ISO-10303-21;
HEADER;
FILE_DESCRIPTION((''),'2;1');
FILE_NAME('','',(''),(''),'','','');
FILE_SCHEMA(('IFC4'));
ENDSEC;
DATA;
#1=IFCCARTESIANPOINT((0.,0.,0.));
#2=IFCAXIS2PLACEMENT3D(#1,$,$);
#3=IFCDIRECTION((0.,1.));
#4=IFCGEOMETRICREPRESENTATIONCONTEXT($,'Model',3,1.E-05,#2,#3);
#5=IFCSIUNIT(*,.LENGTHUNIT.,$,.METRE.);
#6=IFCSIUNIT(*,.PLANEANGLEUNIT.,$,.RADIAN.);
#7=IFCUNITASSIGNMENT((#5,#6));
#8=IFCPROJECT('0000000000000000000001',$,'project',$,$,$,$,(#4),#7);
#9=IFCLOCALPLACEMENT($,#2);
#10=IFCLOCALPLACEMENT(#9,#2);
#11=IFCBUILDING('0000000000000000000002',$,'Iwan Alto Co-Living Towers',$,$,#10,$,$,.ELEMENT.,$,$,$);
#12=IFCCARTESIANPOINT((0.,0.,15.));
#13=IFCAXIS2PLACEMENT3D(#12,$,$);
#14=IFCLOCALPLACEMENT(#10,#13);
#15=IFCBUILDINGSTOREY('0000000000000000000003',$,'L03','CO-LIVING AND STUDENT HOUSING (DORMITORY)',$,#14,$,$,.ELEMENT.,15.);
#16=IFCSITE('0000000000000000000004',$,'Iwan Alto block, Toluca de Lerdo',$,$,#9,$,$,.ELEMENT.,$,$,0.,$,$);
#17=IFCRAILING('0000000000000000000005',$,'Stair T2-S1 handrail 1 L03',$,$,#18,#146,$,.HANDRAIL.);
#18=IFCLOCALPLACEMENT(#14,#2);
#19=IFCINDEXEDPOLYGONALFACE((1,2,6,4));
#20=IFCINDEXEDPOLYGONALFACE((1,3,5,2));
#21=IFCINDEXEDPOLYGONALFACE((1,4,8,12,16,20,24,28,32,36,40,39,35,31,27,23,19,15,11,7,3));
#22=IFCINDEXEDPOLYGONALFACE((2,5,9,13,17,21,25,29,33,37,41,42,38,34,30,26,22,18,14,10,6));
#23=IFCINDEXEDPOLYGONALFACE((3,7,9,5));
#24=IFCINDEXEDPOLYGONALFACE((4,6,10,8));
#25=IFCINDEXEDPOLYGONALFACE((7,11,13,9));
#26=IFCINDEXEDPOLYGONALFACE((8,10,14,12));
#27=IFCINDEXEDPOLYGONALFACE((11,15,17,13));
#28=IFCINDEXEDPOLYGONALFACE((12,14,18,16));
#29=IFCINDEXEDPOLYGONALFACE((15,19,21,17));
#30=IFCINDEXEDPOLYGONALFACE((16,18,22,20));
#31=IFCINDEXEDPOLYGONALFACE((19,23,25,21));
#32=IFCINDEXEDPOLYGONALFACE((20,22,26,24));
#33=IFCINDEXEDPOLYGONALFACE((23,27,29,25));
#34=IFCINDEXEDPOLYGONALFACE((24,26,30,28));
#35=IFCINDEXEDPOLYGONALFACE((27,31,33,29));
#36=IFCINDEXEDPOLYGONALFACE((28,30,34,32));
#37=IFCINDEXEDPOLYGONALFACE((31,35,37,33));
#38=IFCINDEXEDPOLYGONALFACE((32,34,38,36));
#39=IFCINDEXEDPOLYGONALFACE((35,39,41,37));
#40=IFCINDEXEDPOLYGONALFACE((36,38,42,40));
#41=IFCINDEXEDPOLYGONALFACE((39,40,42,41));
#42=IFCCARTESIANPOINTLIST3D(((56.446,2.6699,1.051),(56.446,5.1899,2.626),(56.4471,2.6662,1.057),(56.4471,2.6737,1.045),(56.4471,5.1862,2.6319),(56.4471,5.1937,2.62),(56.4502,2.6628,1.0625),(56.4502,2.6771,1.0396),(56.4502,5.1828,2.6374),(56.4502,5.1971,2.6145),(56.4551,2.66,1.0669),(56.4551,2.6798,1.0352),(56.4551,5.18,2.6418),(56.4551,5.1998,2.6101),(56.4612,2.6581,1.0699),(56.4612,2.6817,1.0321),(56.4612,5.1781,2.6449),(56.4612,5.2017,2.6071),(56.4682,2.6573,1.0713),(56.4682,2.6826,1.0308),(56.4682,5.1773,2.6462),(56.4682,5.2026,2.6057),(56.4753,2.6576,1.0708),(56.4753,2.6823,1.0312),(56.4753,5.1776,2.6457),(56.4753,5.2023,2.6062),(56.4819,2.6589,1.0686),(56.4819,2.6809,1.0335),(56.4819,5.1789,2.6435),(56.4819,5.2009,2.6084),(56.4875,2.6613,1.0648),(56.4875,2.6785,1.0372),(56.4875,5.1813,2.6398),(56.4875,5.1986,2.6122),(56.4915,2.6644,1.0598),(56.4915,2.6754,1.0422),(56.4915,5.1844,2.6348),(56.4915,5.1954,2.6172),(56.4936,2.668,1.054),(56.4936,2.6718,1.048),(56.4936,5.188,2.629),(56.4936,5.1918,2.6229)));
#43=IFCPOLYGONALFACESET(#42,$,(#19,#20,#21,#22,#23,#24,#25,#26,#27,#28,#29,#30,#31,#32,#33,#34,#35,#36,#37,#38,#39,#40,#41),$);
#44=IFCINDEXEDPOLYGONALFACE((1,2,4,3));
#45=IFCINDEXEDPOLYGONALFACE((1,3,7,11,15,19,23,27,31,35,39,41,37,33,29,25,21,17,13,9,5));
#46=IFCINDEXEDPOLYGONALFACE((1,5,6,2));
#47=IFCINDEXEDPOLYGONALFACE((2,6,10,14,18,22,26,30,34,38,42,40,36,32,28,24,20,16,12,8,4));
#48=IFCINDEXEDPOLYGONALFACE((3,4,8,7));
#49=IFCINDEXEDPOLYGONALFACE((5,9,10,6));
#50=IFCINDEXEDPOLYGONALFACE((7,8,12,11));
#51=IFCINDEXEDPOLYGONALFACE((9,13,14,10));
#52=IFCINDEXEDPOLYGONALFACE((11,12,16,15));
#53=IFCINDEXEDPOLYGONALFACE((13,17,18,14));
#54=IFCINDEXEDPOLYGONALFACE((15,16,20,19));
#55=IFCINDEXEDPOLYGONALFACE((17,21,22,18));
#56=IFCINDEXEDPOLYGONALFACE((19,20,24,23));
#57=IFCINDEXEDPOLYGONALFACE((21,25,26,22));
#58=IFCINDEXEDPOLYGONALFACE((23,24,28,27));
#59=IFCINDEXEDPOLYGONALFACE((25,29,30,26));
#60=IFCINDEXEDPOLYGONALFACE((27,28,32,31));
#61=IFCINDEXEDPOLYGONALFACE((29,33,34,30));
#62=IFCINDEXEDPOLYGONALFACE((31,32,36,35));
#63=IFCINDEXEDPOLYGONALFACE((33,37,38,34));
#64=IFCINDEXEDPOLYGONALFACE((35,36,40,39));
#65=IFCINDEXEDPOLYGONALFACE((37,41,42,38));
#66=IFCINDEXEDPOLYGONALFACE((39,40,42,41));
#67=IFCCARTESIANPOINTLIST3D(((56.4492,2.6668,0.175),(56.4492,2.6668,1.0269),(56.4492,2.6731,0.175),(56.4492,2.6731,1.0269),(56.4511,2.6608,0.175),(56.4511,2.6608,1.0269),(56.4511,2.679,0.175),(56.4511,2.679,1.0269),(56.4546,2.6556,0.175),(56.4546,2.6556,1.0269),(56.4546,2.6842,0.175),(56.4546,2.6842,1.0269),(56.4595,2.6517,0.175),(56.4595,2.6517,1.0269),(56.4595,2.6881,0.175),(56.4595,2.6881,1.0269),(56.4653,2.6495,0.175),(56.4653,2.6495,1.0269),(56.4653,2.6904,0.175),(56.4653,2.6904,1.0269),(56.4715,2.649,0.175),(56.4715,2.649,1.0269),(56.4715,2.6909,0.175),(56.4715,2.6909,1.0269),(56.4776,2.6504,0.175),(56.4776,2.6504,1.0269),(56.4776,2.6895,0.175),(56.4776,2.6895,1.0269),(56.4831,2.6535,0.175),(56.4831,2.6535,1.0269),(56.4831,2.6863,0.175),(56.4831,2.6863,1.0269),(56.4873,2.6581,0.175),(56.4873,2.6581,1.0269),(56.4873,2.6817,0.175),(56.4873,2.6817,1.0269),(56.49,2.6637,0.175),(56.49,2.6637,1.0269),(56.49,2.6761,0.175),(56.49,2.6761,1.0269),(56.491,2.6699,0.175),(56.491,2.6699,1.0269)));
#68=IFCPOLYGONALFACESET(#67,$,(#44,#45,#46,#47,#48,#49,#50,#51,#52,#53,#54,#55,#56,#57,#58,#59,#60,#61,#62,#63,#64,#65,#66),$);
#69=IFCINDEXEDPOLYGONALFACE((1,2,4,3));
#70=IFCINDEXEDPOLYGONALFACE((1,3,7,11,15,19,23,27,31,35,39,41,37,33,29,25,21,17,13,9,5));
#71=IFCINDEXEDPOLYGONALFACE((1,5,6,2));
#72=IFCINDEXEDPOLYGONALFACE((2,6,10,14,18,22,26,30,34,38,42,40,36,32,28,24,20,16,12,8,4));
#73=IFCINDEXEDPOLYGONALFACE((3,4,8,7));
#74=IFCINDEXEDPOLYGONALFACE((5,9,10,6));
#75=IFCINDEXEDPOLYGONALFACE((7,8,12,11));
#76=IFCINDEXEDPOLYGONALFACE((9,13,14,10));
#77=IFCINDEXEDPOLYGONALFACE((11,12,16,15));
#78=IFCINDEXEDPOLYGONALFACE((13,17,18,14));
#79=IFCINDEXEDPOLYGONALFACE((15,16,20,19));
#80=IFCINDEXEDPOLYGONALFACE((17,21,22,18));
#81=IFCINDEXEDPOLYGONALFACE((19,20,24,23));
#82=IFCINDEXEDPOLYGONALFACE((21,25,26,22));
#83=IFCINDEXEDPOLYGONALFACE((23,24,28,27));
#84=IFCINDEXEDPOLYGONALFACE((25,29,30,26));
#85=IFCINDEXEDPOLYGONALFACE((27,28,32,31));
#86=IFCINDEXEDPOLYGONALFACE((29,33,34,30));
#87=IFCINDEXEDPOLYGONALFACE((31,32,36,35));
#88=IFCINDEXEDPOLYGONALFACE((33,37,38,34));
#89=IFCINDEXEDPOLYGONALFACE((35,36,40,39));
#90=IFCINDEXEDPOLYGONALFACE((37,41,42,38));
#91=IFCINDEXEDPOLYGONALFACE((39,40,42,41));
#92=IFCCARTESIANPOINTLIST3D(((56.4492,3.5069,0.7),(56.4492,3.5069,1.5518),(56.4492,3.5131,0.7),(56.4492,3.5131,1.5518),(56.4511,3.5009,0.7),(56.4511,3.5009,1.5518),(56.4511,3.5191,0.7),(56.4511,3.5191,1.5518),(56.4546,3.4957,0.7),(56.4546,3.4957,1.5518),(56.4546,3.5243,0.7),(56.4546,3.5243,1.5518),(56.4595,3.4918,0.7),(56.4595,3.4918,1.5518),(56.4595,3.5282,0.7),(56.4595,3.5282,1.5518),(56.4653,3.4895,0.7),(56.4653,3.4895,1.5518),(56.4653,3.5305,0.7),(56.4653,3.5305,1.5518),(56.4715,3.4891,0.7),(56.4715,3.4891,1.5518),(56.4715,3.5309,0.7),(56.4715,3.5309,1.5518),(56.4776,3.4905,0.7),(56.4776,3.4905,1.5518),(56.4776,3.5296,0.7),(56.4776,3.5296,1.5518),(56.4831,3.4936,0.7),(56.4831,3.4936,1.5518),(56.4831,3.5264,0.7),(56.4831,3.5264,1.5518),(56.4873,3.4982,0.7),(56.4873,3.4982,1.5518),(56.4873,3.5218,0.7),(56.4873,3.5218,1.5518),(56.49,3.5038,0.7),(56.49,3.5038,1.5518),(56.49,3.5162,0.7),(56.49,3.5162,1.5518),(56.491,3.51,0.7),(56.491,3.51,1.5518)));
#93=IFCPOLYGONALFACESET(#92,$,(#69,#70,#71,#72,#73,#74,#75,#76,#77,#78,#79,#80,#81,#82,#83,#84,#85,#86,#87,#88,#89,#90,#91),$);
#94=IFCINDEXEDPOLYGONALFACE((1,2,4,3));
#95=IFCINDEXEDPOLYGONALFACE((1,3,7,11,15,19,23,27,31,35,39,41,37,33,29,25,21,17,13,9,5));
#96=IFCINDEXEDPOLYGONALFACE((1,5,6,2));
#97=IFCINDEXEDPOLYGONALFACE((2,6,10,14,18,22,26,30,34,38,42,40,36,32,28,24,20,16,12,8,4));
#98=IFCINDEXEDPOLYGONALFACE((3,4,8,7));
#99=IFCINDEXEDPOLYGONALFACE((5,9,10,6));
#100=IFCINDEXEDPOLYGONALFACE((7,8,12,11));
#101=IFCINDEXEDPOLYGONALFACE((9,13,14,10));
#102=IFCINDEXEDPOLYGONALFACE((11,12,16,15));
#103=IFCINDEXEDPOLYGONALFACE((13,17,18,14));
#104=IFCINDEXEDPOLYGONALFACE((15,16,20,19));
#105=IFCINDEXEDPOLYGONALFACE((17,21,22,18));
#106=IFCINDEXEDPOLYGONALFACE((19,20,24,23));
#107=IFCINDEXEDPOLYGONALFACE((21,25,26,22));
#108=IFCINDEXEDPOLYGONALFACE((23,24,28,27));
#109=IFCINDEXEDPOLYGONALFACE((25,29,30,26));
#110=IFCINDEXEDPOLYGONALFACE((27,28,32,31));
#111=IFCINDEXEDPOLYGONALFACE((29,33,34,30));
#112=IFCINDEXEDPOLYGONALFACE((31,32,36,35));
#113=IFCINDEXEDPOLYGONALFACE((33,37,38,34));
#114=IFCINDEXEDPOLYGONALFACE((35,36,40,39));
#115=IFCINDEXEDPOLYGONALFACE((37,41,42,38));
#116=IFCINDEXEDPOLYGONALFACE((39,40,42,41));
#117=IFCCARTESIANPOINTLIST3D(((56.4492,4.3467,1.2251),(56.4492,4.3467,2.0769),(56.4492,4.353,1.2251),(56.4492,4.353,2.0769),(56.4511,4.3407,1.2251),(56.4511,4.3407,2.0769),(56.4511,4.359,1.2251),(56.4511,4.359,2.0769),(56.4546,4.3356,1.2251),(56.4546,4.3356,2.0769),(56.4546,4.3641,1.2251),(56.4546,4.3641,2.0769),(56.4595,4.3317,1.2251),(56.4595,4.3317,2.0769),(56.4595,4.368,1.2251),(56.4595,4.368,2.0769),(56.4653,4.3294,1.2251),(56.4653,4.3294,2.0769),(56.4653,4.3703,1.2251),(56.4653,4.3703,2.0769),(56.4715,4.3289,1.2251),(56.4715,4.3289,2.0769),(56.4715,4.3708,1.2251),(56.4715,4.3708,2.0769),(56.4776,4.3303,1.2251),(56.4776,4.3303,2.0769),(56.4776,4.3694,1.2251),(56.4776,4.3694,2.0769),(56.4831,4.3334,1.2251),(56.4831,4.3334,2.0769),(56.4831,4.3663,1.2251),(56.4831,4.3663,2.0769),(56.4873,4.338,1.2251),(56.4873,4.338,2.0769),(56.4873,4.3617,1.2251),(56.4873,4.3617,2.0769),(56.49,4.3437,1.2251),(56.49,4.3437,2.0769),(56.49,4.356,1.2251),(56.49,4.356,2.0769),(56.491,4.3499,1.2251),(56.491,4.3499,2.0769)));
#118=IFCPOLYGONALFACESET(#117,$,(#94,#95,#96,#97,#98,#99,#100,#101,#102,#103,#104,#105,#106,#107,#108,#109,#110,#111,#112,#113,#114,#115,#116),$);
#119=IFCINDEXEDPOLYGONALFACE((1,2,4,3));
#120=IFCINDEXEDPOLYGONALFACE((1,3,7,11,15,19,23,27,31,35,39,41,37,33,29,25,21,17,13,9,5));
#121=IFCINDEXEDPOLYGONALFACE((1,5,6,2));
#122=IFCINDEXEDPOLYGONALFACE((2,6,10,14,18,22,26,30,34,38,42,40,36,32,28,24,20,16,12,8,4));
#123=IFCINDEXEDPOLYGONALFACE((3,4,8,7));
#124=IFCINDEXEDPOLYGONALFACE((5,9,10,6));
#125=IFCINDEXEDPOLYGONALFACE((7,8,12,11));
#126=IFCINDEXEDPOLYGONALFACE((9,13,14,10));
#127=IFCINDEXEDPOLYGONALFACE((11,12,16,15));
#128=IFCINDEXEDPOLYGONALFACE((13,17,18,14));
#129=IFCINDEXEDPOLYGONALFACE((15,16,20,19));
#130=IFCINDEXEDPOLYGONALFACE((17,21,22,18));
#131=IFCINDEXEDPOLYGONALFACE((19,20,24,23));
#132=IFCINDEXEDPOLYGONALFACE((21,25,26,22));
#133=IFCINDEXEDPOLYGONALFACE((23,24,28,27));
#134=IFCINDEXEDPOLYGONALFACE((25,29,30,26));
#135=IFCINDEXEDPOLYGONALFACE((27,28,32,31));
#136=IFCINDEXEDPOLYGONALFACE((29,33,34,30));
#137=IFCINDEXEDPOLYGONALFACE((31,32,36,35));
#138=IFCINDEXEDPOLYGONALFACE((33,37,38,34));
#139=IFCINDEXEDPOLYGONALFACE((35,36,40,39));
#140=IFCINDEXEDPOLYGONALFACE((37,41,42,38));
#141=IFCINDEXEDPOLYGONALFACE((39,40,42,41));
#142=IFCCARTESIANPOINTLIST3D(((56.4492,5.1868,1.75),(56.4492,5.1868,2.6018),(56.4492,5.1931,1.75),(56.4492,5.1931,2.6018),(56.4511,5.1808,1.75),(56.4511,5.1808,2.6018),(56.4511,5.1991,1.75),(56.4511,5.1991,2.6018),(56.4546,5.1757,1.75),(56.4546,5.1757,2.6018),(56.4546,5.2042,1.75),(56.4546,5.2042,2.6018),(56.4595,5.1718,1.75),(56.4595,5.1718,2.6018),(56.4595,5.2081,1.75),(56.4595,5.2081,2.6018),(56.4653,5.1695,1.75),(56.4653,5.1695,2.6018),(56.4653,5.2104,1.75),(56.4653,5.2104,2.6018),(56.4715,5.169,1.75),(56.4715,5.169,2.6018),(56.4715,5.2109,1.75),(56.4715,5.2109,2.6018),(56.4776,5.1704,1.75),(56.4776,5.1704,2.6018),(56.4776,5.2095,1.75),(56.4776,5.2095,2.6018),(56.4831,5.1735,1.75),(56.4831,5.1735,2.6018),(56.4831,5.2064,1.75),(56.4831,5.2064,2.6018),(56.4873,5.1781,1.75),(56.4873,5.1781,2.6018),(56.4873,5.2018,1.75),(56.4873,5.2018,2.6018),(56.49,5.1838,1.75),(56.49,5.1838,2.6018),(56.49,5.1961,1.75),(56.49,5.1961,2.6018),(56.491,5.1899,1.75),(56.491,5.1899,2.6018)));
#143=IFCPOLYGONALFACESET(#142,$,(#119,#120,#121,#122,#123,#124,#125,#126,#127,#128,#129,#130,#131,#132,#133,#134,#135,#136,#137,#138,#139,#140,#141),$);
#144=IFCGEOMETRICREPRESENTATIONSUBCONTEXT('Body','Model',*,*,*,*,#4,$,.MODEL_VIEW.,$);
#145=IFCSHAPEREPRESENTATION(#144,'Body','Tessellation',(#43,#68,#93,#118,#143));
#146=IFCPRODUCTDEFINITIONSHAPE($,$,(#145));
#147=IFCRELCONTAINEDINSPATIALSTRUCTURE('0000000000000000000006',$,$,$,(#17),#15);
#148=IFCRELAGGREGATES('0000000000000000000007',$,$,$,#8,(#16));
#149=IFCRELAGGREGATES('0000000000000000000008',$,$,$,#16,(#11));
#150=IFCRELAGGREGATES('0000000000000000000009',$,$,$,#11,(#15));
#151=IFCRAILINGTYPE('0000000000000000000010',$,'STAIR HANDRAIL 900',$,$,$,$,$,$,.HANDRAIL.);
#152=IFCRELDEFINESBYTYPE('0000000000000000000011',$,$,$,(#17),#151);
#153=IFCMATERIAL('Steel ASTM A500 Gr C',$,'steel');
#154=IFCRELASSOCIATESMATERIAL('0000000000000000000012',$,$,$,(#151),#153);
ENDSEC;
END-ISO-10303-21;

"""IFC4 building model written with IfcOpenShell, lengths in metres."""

from ifc_helpers import new_model, si_unit, direction, frame, origin, origin_2d, place, context, subcontext, project, spatial, circle, extrude, material, type_object, element, save


model = new_model("IFC4")

# Units and contexts
model_context = context("Model", 3, precision=1e-05, world=origin(), true_north=direction((0.0, 1.0)))
body_context = subcontext(model_context, "Body", "Model", "MODEL_VIEW")
ifc_project = project(units=[si_unit("LENGTHUNIT", "METRE"), si_unit("PLANEANGLEUNIT", "RADIAN")], contexts=[model_context])

# Site, building, storey
site_placement = place(None, origin())
site = spatial("IfcSite", under=ifc_project, at=site_placement, Name="Iwan Alto block, Toluca de Lerdo", CompositionType="ELEMENT", RefElevation=0.0)
building_placement = place(site_placement, origin())
building = spatial("IfcBuilding", under=site, at=building_placement, Name="Iwan Alto Co-Living Towers", CompositionType="ELEMENT")
storey_placement = place(building_placement, frame((0.0, 0.0, 15.0)))
storey = spatial("IfcBuildingStorey", under=building, at=storey_placement, Name="L03", Description="CO-LIVING AND STUDENT HOUSING (DORMITORY)", CompositionType="ELEMENT", Elevation=15.0)

# Railing
ifc_material_1 = material(Name="Steel ASTM A500 Gr C", Category="steel")
railing_type_1 = type_object("IfcRailingType", Name="STAIR HANDRAIL 900", PredefinedType="HANDRAIL", material=ifc_material_1)
railing_1_placement = place(storey_placement, frame((56.47, 2.6699, 0.175)))
element("IfcRailing", 1, at=railing_1_placement, inside=storey, type_object=railing_type_1, Name="Stair T2-S1 handrail 1 L03", PredefinedType="HANDRAIL", context=body_context, shape_type="SweptSolid", body=[
    extrude(circle(Radius=0.0239, at=origin_2d()), frame((0.0, 0.0, 0.876), z_axis=(0.0, 0.848008, 0.529984), x_axis=(-1.0, 0.0, 0.0)), (0.0, 0.0, 1.0), 2.9717),
    extrude(circle(Radius=0.021, at=origin_2d()), origin(), (0.0, 0.0, 1.0), 0.8518),
    extrude(circle(Radius=0.021, at=origin_2d()), frame((0.0, 0.8401, 0.5249)), (0.0, 0.0, 1.0), 0.8518),
    extrude(circle(Radius=0.021, at=origin_2d()), frame((0.0, 1.6799, 1.05)), (0.0, 0.0, 1.0), 0.8518),
    extrude(circle(Radius=0.021, at=origin_2d()), frame((0.0, 2.52, 1.575)), (0.0, 0.0, 1.0), 0.8518),
])

save(model, "model.ifc")
